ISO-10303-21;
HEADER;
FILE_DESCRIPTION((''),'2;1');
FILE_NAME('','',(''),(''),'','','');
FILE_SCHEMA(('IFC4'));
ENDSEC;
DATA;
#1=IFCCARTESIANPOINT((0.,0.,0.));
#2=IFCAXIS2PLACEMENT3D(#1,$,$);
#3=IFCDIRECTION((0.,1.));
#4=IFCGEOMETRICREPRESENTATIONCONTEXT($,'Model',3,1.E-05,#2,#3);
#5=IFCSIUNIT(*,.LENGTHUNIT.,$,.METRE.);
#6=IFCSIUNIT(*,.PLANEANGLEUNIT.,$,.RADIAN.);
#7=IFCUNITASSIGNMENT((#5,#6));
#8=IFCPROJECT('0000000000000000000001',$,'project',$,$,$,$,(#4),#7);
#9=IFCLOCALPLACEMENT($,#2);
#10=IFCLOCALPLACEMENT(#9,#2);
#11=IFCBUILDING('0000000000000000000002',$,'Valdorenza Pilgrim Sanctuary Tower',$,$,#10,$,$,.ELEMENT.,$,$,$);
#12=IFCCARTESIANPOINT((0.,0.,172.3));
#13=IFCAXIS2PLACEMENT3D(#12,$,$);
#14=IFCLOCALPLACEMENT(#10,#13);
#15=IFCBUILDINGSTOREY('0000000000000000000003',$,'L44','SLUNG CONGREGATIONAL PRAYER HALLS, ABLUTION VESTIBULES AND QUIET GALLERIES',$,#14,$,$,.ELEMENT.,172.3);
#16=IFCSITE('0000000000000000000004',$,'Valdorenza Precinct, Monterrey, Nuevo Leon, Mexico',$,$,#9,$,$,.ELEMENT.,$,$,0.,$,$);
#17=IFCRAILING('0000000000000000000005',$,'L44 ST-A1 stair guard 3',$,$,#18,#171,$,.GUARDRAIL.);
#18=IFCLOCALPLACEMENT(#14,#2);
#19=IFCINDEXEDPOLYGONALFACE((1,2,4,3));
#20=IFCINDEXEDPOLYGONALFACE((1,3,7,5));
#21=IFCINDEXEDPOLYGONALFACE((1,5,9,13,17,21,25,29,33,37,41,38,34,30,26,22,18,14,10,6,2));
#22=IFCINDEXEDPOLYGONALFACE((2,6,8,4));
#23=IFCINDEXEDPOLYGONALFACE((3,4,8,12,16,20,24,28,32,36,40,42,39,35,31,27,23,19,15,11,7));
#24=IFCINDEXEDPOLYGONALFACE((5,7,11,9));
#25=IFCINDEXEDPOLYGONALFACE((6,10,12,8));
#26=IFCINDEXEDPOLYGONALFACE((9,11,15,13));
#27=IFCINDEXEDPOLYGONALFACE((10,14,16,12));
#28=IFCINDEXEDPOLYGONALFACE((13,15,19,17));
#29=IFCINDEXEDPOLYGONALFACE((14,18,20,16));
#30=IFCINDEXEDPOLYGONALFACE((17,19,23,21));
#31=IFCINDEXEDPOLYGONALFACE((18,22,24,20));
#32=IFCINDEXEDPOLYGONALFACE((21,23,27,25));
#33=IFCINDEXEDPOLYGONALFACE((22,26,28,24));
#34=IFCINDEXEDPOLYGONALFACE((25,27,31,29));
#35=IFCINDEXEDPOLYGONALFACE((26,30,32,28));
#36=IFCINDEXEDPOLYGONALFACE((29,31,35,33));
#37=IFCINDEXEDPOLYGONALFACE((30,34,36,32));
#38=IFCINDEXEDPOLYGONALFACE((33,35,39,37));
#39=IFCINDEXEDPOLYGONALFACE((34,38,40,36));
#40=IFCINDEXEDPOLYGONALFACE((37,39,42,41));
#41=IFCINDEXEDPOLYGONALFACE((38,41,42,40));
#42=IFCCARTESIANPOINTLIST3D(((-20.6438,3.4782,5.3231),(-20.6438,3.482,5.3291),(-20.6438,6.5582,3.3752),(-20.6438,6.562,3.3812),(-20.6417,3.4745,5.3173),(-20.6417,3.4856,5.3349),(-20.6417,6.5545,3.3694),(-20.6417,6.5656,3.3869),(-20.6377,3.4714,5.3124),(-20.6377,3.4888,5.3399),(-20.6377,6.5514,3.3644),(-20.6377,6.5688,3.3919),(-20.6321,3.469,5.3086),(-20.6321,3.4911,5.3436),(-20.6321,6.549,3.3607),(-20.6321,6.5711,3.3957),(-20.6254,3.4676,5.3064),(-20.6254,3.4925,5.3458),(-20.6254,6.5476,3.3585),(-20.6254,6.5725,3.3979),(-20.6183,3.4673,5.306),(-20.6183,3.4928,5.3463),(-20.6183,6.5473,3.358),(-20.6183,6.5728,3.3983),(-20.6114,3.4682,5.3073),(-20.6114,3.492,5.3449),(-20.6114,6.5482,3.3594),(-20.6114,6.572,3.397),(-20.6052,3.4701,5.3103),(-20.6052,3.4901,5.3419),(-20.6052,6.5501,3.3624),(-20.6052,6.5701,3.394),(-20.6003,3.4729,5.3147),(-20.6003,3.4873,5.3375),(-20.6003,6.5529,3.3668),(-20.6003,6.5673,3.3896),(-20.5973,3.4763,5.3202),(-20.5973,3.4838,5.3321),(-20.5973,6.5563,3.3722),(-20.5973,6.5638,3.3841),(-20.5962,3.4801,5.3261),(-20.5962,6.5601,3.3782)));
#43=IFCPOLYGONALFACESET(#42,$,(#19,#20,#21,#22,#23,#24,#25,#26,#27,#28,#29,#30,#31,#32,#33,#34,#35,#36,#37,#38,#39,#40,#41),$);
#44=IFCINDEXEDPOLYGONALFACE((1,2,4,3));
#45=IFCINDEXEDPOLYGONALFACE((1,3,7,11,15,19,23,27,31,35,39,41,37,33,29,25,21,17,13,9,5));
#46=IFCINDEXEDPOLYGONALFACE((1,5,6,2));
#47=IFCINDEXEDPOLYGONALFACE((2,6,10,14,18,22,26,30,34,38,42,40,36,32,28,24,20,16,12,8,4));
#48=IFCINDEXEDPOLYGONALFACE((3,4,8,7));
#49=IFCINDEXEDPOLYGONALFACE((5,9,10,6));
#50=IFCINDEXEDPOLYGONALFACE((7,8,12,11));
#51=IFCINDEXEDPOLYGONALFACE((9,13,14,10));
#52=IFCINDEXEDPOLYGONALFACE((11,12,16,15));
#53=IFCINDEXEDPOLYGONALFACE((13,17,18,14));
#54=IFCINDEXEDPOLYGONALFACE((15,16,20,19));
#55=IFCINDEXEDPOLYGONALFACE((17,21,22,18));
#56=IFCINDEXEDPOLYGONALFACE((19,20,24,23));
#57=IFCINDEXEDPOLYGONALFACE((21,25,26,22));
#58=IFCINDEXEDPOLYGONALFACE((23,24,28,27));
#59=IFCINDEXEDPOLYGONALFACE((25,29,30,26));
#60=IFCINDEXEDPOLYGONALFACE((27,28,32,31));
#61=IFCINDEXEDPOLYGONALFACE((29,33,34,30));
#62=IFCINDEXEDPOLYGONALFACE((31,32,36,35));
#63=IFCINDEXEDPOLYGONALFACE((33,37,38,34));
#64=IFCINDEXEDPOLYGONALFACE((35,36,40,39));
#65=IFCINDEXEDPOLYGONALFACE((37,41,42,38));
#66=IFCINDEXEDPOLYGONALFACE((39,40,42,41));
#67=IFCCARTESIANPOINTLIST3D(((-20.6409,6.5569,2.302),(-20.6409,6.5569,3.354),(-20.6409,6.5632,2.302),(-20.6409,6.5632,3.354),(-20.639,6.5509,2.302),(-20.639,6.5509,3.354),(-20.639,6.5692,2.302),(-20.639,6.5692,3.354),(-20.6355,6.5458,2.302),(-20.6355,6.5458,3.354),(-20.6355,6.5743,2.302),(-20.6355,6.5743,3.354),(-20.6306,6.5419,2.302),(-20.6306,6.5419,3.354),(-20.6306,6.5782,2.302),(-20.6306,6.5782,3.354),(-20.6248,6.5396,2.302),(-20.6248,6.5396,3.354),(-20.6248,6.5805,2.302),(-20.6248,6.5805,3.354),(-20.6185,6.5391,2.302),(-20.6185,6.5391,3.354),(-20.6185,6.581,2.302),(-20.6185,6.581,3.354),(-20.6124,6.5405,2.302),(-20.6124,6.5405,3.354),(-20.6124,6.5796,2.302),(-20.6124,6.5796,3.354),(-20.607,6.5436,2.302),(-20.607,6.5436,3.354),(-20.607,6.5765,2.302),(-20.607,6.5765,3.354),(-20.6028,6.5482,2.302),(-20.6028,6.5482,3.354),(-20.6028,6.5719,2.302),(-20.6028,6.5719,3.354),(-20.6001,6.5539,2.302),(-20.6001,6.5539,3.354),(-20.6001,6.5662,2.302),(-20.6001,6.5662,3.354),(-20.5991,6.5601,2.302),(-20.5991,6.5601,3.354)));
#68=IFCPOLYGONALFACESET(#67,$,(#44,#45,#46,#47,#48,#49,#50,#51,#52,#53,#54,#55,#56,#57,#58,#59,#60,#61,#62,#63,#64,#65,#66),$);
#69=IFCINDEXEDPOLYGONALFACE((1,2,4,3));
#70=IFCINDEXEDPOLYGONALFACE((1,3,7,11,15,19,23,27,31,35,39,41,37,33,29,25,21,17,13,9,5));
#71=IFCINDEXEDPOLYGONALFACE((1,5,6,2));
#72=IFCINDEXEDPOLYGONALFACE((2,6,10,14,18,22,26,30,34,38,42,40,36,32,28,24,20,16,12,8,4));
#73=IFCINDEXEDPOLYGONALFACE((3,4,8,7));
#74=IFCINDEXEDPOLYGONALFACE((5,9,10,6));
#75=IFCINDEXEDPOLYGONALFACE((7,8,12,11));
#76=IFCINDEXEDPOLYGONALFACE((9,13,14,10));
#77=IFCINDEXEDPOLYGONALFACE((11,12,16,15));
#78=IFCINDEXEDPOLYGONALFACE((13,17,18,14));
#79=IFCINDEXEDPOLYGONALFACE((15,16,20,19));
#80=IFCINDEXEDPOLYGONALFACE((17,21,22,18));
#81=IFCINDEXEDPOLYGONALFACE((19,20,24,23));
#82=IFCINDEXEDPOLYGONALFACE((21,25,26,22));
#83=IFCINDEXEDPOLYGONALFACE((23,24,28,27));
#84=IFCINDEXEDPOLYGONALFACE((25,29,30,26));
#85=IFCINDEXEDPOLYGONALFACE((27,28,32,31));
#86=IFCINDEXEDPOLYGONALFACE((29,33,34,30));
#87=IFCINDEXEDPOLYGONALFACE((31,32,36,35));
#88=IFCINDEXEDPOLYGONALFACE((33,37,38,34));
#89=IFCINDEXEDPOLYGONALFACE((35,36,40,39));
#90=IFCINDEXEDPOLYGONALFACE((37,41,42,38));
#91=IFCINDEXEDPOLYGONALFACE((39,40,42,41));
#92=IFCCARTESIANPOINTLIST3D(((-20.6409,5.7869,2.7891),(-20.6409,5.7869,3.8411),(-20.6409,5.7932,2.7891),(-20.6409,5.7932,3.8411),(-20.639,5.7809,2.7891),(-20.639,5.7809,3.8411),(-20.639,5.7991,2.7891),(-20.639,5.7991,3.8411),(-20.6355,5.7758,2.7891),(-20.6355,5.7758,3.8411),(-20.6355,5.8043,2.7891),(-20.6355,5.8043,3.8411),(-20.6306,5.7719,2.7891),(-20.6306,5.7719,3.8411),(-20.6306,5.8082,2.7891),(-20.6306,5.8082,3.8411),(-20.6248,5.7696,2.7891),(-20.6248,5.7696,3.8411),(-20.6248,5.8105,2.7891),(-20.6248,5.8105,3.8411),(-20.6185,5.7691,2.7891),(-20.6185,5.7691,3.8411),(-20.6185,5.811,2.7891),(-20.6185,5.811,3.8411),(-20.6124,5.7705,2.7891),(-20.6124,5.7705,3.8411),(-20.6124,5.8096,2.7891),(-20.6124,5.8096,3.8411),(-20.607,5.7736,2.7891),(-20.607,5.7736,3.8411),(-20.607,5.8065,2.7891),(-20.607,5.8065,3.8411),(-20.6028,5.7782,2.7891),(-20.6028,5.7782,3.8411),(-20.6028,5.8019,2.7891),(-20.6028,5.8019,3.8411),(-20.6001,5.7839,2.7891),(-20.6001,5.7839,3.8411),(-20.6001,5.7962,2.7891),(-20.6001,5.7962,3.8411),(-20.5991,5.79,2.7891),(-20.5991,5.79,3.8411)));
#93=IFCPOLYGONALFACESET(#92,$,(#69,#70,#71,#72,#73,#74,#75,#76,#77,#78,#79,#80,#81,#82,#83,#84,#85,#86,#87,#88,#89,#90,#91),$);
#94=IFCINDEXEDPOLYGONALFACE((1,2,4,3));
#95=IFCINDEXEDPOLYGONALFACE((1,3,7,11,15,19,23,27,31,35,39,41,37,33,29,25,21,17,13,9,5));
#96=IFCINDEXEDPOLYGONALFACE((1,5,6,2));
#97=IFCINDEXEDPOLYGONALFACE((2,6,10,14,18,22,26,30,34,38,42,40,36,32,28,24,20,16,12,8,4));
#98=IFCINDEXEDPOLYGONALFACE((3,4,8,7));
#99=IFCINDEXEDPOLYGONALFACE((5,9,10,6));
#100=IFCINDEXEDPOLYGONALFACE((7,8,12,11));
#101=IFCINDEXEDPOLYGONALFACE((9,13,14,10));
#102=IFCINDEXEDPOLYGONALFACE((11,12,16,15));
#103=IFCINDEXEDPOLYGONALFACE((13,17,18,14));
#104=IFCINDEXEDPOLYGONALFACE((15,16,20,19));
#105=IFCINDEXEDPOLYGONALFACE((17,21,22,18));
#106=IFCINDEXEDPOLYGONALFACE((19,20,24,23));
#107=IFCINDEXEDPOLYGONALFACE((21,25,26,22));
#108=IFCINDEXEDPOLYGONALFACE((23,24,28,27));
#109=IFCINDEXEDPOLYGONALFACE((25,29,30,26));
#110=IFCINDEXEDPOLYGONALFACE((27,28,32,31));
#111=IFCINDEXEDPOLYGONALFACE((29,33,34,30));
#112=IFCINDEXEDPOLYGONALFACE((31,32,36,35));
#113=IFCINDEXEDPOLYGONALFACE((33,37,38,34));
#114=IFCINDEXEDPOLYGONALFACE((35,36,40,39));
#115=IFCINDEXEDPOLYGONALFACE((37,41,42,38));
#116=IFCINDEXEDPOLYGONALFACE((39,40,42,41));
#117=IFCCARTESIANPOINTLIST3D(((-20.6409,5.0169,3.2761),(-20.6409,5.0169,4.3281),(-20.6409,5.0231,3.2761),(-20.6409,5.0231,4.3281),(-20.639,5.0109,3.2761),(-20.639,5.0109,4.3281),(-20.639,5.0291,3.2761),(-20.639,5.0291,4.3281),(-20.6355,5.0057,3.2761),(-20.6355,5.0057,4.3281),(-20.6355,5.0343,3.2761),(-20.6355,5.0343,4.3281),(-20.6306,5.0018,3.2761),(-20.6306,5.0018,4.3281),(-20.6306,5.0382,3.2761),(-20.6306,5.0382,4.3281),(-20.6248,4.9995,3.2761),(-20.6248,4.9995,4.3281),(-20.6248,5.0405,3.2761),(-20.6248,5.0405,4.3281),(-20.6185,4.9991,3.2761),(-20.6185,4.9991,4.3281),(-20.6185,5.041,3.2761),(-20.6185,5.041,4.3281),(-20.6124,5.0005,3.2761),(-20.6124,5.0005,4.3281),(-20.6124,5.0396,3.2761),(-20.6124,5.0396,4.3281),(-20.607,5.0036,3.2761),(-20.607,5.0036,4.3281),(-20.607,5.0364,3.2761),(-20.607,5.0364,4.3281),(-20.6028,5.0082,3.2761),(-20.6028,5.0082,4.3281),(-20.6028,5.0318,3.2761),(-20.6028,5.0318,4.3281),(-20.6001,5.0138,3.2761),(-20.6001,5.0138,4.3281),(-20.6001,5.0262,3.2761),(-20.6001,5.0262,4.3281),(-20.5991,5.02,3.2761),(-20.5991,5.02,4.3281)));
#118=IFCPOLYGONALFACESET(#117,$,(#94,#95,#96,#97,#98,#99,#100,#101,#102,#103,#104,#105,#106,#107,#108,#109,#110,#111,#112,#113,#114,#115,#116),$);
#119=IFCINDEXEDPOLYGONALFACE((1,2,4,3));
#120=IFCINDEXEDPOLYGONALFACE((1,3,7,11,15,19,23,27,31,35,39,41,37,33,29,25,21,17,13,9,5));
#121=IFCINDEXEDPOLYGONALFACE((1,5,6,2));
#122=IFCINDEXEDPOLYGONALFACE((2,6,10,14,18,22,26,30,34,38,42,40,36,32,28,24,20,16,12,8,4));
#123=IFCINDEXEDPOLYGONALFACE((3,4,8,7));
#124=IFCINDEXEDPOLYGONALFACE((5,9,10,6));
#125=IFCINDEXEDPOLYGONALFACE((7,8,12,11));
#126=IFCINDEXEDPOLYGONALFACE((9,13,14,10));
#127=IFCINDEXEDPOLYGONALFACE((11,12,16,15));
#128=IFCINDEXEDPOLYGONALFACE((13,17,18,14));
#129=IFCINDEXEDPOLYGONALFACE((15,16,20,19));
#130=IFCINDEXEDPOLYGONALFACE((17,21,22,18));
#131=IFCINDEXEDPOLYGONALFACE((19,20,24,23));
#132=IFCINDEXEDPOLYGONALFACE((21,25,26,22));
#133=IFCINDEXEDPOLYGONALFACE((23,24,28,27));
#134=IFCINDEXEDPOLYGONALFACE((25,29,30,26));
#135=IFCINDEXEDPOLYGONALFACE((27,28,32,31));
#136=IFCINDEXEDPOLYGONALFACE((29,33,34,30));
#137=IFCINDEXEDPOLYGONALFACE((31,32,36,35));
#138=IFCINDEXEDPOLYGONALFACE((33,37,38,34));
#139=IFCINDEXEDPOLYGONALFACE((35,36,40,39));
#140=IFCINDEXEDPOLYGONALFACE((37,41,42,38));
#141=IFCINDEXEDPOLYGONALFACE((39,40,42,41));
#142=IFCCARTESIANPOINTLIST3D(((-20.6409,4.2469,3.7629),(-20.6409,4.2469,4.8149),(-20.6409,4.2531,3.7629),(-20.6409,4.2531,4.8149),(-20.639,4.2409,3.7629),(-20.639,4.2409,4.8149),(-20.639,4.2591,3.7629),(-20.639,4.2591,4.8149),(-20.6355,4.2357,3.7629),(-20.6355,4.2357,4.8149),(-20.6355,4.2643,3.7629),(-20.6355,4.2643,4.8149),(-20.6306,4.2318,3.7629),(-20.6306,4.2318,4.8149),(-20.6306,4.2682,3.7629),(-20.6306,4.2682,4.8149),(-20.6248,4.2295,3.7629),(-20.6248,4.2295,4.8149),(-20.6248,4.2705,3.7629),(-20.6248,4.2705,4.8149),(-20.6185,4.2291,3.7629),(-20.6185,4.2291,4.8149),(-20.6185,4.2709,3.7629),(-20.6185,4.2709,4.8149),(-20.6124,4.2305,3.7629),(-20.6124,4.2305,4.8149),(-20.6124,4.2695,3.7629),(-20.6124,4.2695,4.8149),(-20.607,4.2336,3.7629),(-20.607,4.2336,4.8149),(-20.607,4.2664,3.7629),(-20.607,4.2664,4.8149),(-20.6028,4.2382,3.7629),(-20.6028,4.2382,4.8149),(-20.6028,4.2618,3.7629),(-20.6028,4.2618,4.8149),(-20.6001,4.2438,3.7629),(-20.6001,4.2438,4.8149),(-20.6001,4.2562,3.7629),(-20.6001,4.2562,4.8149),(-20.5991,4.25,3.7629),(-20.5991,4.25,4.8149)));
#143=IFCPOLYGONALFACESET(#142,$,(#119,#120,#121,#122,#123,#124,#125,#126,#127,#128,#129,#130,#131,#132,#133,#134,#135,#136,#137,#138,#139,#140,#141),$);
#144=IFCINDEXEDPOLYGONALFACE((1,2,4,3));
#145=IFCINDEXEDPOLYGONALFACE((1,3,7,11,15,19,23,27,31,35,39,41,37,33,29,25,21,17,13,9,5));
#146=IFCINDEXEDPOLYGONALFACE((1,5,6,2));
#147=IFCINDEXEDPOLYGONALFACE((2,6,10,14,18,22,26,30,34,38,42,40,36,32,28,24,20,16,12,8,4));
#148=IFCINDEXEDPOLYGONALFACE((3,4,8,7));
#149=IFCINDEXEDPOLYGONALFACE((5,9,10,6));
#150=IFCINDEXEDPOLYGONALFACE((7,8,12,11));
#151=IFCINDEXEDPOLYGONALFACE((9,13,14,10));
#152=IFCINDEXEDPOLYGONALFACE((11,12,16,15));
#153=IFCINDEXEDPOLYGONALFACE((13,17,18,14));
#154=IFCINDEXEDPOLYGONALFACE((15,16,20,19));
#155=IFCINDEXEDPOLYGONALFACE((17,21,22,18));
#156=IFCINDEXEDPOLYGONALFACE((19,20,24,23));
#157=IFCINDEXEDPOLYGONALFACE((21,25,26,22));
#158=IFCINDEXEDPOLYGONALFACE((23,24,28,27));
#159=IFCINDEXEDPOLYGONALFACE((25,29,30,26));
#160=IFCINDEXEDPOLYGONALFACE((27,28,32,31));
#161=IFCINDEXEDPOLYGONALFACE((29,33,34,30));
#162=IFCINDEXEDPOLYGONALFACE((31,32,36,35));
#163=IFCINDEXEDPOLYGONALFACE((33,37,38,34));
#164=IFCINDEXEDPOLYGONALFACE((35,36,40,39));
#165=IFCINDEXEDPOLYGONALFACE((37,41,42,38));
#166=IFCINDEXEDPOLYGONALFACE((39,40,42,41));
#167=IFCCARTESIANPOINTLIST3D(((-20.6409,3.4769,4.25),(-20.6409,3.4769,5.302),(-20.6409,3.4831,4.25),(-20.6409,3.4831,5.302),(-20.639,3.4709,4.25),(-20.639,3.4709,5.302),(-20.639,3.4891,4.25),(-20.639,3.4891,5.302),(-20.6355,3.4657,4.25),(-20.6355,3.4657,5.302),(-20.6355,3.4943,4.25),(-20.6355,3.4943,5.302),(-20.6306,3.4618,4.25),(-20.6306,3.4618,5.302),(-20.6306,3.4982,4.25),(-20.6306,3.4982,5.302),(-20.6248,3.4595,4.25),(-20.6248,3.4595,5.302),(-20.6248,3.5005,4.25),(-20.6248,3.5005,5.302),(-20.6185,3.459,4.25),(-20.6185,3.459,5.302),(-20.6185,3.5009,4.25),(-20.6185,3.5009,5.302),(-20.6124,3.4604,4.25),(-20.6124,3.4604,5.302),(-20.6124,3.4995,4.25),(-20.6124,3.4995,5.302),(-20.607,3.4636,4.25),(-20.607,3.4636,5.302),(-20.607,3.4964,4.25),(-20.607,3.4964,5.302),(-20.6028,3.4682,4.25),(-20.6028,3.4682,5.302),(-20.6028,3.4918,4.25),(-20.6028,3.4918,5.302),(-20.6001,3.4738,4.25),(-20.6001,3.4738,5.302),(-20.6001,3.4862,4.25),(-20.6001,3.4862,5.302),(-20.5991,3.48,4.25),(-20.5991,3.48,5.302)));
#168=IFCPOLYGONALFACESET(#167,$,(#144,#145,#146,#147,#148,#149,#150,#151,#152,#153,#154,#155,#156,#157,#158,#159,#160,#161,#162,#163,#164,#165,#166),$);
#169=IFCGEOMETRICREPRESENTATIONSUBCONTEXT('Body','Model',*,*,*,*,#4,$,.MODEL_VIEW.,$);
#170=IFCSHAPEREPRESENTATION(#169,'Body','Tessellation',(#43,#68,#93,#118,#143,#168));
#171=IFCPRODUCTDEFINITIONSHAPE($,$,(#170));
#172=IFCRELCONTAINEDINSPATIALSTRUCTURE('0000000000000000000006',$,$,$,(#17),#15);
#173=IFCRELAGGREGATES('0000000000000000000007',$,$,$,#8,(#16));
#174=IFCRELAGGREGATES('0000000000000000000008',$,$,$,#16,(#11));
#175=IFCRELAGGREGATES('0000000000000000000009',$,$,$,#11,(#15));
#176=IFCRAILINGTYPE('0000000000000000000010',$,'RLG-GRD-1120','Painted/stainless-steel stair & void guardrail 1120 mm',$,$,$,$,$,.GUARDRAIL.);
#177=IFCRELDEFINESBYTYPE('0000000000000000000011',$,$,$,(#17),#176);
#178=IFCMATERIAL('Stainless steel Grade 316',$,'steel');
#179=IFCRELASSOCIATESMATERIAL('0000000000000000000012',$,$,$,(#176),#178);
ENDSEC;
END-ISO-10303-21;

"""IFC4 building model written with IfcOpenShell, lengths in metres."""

from ifc_helpers import new_model, si_unit, direction, frame, origin, origin_2d, place, context, subcontext, project, spatial, circle, extrude, material, type_object, element, save


model = new_model("IFC4")

# Units and contexts
model_context = context("Model", 3, precision=1e-05, world=origin(), true_north=direction((0.0, 1.0)))
body_context = subcontext(model_context, "Body", "Model", "MODEL_VIEW")
ifc_project = project(units=[si_unit("LENGTHUNIT", "METRE"), si_unit("PLANEANGLEUNIT", "RADIAN")], contexts=[model_context])

# Site, building, storey
site_placement = place(None, origin())
site = spatial("IfcSite", under=ifc_project, at=site_placement, Name="Valdorenza Precinct, Monterrey, Nuevo Leon, Mexico", CompositionType="ELEMENT", RefElevation=0.0)
building_placement = place(site_placement, origin())
building = spatial("IfcBuilding", under=site, at=building_placement, Name="Valdorenza Pilgrim Sanctuary Tower", CompositionType="ELEMENT")
storey_placement = place(building_placement, frame((0.0, 0.0, 172.3)))
storey = spatial("IfcBuildingStorey", under=building, at=storey_placement, Name="L44", Description="SLUNG CONGREGATIONAL PRAYER HALLS, ABLUTION VESTIBULES AND QUIET GALLERIES", CompositionType="ELEMENT", Elevation=172.3)

# Railing
ifc_material_1 = material(Name="Stainless steel Grade 316", Category="steel")
railing_type_1 = type_object("IfcRailingType", Name="RLG-GRD-1120", Description="Painted/stainless-steel stair & void guardrail 1120 mm", PredefinedType="GUARDRAIL", material=ifc_material_1)
railing_1_placement = place(storey_placement, frame((-20.6201, 6.5601, 2.302)))
element("IfcRailing", 1, at=railing_1_placement, inside=storey, type_object=railing_type_1, Name="L44 ST-A1 stair guard 3", PredefinedType="GUARDRAIL", context=body_context, shape_type="SweptSolid", body=[
    extrude(circle(Radius=0.0239, at=origin_2d()), frame((0.0, 0.0, 1.0762), z_axis=(0.0, -0.845156, 0.53452), x_axis=(1.0, 0.0, 0.0)), (0.0, 0.0, 1.0), 3.6443),
    extrude(circle(Radius=0.021, at=origin_2d()), origin(), (0.0, 0.0, 1.0), 1.052),
    extrude(circle(Radius=0.021, at=origin_2d()), frame((0.0, -0.77, 0.4871)), (0.0, 0.0, 1.0), 1.052),
    extrude(circle(Radius=0.021, at=origin_2d()), frame((0.0, -1.54, 0.9741)), (0.0, 0.0, 1.0), 1.052),
    extrude(circle(Radius=0.021, at=origin_2d()), frame((0.0, -2.3101, 1.4609)), (0.0, 0.0, 1.0), 1.052),
    extrude(circle(Radius=0.021, at=origin_2d()), frame((0.0, -3.0801, 1.948)), (0.0, 0.0, 1.0), 1.052),
])

save(model, "model.ifc")
